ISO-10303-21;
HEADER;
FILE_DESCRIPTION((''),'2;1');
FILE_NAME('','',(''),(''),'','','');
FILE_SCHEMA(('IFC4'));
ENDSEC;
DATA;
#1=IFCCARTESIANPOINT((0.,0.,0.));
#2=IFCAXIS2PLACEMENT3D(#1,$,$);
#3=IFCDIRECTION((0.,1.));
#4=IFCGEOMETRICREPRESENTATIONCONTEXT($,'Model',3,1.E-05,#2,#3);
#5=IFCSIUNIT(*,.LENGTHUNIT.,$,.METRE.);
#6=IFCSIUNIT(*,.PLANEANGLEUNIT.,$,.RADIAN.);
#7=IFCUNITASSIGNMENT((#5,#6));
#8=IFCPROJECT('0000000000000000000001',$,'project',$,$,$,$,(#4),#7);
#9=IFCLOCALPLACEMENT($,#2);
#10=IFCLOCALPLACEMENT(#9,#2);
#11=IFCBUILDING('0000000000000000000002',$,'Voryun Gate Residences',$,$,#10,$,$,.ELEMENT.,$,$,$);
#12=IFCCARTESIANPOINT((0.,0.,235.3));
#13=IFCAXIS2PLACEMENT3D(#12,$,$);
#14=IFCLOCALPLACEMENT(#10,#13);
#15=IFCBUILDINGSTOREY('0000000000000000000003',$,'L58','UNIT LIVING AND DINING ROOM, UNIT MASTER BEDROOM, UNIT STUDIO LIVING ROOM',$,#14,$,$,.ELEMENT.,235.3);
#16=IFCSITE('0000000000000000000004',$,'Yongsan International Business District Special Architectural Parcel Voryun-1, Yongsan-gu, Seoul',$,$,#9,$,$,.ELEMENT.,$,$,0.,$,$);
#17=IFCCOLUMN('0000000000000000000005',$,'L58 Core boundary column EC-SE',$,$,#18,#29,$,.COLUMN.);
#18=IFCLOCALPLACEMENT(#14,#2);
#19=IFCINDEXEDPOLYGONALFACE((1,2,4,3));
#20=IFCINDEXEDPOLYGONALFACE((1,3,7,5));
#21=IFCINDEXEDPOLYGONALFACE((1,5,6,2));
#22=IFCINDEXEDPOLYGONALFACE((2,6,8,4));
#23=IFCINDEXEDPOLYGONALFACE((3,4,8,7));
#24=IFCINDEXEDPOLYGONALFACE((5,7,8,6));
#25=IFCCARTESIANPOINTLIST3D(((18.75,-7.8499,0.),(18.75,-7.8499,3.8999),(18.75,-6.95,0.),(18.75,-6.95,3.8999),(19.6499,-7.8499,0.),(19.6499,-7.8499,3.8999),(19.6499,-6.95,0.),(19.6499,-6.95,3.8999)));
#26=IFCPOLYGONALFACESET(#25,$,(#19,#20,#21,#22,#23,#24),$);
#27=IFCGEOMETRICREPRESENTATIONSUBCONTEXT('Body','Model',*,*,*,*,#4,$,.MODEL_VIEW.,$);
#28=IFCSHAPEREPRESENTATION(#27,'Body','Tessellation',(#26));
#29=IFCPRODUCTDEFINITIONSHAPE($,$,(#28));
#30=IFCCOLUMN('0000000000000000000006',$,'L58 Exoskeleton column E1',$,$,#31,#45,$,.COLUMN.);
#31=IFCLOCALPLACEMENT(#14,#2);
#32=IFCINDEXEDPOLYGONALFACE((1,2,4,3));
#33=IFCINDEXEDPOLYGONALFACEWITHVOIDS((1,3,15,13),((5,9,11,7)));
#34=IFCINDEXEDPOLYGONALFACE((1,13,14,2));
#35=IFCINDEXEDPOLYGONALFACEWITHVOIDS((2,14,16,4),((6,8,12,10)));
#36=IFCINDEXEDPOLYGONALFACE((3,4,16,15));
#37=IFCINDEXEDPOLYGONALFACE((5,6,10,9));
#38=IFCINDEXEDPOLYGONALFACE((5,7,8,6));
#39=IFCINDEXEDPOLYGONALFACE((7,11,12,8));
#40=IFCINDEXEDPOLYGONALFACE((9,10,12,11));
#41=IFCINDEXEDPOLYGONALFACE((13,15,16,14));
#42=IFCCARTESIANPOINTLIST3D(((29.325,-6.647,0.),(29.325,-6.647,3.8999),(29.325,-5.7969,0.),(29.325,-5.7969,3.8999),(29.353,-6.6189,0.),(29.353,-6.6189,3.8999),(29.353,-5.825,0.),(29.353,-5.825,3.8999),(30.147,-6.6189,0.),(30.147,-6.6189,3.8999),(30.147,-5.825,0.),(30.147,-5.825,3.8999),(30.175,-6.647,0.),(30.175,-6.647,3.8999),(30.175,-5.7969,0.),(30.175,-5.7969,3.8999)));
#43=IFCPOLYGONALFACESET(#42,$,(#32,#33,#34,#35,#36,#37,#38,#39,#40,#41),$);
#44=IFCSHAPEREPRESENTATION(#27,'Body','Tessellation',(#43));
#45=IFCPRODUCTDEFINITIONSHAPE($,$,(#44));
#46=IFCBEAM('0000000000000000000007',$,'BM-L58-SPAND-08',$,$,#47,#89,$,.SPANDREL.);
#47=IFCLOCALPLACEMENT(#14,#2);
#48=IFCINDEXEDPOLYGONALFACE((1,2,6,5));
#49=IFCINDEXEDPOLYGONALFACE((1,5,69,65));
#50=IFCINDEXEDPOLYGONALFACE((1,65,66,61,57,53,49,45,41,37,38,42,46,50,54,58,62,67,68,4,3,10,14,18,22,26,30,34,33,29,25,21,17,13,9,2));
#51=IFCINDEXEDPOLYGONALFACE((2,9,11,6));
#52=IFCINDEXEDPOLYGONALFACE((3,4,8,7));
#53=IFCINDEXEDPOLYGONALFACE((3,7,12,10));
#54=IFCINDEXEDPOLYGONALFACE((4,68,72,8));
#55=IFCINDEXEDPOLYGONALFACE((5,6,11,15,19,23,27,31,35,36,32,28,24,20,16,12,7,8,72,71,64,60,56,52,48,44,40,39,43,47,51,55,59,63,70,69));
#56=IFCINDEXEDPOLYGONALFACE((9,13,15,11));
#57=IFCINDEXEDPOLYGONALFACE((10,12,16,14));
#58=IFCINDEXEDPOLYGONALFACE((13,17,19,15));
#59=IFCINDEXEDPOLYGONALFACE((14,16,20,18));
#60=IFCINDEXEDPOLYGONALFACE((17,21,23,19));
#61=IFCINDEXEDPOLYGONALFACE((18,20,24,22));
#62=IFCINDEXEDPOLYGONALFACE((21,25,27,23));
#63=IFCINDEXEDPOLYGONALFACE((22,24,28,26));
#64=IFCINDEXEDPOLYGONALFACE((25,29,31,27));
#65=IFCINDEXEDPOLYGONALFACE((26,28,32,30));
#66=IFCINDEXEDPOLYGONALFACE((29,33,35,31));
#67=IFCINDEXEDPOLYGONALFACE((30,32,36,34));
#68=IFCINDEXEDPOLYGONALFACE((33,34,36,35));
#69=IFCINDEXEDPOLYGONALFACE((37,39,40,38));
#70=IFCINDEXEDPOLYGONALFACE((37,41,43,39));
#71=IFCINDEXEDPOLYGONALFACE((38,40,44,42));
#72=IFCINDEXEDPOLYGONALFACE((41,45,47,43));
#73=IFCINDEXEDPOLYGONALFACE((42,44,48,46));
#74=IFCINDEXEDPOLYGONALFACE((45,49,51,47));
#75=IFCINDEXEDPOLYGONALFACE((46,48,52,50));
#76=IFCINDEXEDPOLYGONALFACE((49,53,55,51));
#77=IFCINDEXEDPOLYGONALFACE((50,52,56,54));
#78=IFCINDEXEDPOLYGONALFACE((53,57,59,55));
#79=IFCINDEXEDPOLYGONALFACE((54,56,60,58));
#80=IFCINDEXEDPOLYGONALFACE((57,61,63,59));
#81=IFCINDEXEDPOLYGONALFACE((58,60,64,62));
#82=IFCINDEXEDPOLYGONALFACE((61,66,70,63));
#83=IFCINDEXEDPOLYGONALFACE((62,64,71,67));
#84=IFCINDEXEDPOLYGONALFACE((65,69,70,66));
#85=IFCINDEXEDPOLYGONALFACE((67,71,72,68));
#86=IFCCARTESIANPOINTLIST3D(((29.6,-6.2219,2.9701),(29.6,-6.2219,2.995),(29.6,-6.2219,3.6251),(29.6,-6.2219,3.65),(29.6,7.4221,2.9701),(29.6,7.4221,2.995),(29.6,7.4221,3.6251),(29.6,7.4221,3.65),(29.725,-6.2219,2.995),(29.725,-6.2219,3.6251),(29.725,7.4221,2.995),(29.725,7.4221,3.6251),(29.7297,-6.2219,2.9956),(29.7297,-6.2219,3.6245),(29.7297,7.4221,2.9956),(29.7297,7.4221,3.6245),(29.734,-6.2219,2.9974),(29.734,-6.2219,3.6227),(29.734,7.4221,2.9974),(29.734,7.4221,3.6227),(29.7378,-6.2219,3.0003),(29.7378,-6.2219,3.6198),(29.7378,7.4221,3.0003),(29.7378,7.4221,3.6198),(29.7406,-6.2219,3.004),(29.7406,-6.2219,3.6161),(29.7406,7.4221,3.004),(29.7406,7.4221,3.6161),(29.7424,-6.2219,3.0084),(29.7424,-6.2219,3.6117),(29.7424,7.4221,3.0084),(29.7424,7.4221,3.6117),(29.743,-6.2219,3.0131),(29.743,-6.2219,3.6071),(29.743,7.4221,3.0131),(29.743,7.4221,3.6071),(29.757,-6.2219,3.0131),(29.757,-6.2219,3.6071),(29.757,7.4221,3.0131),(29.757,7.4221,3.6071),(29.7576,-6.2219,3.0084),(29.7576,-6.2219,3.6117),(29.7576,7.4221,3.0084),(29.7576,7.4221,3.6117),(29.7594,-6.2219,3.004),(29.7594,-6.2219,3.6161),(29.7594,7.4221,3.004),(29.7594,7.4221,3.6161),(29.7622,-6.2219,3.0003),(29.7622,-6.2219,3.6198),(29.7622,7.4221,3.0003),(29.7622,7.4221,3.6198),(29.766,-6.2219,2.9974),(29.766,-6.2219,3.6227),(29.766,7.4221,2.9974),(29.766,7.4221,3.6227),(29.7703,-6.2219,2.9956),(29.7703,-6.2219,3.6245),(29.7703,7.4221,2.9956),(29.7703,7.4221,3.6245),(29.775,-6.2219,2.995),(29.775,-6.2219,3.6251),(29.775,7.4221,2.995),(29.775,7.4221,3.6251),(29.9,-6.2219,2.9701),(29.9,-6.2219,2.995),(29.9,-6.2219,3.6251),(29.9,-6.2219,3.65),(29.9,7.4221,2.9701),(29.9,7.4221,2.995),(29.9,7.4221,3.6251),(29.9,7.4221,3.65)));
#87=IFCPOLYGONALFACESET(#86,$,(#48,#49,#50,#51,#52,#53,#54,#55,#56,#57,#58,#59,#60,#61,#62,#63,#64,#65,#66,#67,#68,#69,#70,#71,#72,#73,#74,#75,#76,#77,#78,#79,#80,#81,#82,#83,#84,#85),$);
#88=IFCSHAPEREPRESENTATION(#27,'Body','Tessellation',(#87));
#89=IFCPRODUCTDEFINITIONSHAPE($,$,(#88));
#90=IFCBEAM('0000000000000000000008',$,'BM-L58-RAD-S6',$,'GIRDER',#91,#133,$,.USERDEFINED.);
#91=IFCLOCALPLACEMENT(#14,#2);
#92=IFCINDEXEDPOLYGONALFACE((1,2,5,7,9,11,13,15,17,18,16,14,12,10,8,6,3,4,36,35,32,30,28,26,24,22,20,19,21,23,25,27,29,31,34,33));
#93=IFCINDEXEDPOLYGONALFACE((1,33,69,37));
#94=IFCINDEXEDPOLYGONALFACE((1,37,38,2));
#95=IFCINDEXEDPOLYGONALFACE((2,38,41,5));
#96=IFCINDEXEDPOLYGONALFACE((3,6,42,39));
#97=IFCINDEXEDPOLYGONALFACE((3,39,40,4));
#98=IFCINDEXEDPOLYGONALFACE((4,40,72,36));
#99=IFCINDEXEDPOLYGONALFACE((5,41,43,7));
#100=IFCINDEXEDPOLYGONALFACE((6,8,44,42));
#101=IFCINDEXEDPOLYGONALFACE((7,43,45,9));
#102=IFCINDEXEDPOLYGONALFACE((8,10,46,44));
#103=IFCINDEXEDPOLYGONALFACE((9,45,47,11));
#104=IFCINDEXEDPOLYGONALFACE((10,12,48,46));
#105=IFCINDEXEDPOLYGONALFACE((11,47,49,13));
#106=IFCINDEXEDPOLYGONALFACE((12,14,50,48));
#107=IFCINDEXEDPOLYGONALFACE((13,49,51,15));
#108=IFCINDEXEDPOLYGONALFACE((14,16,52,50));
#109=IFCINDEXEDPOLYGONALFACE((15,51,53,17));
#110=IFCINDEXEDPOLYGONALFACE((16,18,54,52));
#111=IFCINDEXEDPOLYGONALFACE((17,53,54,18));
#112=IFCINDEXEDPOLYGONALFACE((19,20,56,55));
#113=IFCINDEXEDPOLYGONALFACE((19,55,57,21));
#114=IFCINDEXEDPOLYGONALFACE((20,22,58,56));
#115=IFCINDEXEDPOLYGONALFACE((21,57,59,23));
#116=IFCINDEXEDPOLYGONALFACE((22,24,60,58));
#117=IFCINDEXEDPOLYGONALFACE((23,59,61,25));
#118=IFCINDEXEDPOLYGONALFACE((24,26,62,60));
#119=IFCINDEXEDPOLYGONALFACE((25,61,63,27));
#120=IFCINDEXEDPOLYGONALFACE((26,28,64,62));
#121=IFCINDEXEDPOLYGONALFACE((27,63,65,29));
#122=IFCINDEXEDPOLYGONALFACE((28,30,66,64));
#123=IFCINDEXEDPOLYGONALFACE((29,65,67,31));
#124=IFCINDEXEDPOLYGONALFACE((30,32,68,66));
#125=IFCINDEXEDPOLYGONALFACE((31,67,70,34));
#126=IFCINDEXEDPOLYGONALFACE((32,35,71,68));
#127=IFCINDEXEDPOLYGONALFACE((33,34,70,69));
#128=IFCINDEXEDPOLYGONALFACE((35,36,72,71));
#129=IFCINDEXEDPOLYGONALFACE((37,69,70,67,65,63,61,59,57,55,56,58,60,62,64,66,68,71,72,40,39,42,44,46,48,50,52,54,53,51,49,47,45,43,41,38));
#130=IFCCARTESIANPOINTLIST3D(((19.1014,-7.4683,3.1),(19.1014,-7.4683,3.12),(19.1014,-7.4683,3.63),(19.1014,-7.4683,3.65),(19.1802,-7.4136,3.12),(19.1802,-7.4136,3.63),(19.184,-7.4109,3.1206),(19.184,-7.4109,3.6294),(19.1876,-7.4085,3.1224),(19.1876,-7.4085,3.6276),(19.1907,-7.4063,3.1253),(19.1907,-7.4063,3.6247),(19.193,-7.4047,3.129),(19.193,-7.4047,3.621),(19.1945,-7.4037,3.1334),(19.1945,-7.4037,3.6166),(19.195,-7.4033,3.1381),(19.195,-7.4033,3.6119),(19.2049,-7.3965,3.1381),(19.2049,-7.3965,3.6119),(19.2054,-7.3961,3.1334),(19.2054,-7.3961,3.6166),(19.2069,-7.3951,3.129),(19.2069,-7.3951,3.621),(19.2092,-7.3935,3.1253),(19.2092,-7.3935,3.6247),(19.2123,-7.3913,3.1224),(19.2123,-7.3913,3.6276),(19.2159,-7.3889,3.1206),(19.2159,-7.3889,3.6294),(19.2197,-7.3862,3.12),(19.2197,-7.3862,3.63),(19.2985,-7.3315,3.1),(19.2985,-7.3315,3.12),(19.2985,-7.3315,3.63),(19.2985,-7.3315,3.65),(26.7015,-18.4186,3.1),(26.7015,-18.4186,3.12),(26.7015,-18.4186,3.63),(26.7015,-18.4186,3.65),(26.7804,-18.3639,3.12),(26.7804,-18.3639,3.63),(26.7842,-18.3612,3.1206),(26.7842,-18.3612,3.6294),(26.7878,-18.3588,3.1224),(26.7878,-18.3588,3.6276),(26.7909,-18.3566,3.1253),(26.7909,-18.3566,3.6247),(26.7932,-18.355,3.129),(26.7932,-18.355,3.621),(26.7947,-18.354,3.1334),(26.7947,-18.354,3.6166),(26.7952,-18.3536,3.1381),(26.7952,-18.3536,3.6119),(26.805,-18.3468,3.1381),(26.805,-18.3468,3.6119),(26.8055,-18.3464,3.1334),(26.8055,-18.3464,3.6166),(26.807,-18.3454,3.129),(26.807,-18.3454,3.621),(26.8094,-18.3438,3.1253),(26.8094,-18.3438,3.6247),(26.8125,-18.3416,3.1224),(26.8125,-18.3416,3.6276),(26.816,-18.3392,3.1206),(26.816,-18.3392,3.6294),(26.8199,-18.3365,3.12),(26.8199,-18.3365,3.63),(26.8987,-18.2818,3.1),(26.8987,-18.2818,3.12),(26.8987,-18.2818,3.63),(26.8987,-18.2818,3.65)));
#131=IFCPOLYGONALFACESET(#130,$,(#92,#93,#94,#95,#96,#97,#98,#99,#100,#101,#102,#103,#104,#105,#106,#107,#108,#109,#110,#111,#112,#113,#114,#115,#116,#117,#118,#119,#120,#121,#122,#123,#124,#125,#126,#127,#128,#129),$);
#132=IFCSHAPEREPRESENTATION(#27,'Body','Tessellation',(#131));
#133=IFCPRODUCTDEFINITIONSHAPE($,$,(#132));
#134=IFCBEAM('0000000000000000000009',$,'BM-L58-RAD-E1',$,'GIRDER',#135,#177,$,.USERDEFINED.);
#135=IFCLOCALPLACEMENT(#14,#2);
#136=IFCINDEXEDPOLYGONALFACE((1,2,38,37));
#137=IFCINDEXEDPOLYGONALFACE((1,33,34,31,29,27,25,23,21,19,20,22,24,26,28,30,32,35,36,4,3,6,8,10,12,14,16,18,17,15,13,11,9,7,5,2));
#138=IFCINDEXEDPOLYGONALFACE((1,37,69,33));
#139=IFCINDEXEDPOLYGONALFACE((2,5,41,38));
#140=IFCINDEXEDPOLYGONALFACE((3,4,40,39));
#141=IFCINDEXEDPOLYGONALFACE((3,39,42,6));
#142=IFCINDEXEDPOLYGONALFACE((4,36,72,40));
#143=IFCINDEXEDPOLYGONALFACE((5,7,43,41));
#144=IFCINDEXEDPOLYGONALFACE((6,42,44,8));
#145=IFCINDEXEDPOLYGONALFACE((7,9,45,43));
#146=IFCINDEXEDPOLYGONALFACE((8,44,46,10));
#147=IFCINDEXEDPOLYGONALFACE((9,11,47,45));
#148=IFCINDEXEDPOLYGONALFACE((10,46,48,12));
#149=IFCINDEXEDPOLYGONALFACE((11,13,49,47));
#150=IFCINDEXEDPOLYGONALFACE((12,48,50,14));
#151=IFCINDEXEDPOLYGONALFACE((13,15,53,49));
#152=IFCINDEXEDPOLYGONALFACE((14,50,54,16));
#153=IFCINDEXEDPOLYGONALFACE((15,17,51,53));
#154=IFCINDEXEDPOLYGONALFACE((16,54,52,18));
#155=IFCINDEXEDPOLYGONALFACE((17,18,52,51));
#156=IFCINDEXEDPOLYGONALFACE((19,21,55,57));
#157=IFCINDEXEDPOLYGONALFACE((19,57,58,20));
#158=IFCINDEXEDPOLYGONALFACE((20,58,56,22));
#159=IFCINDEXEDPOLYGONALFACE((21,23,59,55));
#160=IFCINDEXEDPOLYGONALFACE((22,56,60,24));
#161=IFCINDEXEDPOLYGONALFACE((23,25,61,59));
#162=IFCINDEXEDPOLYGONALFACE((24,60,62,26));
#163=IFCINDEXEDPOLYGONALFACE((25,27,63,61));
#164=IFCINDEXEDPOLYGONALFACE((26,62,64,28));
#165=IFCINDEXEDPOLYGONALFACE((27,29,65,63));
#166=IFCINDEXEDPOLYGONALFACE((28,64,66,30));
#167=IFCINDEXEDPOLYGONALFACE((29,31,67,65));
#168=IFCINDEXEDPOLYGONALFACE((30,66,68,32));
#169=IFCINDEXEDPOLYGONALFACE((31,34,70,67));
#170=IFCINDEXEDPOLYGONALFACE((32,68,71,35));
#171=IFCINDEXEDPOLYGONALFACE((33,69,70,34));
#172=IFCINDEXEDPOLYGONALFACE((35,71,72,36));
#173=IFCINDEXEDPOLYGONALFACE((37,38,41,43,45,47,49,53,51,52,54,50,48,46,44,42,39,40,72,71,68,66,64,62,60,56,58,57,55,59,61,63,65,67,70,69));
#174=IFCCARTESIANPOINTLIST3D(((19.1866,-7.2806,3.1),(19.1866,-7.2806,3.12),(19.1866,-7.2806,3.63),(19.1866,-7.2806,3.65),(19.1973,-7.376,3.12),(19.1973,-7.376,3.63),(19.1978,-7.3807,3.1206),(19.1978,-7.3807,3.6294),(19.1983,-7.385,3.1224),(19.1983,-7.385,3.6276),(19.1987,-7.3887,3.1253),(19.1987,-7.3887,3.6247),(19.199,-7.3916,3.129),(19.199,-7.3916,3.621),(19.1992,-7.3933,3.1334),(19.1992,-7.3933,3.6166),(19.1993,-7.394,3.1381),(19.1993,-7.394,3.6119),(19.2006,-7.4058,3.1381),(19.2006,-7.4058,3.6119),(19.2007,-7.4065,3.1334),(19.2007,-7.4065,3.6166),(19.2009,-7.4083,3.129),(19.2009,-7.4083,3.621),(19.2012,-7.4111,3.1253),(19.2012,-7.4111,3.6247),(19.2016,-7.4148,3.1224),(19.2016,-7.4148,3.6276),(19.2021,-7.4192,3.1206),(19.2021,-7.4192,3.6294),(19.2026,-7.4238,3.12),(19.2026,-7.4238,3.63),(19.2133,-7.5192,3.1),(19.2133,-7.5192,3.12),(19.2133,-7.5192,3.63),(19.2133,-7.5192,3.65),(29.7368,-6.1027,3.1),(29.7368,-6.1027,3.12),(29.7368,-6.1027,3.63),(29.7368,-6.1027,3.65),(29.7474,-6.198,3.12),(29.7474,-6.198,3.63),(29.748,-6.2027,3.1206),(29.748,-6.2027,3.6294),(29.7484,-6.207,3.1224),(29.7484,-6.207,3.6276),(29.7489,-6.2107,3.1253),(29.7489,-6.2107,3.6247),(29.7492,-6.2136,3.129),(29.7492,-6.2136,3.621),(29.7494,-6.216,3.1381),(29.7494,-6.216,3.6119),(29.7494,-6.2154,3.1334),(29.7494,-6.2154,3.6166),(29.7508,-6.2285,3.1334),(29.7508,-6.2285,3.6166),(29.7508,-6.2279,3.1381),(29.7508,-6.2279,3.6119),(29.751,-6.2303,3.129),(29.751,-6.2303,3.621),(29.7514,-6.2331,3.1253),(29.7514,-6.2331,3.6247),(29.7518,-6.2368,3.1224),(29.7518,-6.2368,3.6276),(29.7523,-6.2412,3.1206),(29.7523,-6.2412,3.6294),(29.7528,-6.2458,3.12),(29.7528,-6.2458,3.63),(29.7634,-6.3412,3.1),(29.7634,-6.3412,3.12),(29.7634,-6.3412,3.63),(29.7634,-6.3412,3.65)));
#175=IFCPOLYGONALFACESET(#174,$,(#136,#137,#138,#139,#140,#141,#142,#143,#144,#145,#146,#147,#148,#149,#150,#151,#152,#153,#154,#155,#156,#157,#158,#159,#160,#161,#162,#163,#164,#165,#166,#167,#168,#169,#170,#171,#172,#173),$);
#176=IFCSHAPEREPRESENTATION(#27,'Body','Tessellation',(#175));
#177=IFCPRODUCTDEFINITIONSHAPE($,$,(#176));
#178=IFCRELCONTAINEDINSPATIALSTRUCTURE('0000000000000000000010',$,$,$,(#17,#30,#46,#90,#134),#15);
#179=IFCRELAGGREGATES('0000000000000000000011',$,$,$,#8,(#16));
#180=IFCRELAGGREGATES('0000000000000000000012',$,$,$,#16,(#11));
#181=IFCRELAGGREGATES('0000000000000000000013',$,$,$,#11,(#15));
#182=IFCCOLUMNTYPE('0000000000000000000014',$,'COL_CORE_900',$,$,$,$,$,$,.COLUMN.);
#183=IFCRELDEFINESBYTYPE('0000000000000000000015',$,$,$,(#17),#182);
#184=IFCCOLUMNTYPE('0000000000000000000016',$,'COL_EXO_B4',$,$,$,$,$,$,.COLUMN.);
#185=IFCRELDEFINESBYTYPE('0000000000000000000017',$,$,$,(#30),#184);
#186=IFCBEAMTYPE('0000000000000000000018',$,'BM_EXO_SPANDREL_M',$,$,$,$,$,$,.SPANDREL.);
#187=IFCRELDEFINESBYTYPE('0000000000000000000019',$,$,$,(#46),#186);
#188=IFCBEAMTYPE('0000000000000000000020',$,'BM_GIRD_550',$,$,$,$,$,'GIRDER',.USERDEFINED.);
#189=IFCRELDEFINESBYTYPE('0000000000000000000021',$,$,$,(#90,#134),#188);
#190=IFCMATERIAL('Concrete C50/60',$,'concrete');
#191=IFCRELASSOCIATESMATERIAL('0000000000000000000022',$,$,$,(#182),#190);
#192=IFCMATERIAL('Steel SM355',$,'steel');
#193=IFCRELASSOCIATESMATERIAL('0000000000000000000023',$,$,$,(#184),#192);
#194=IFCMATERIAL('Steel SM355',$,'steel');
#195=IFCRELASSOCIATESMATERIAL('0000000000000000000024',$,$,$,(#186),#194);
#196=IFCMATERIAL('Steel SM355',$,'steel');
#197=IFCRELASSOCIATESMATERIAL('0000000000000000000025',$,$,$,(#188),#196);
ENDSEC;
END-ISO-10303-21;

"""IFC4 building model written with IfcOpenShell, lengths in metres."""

from ifc_helpers import new_model, si_unit, direction, frame, origin, origin_2d, place, context, subcontext, project, spatial, rectangle, hollow_rectangle, i_section, extrude, material, material_profile, profile_set, type_object, element, save


model = new_model("IFC4")

# Units and contexts
model_context = context("Model", 3, precision=1e-05, world=origin(), true_north=direction((0.0, 1.0)))
body_context = subcontext(model_context, "Body", "Model", "MODEL_VIEW")
ifc_project = project(units=[si_unit("LENGTHUNIT", "METRE"), si_unit("PLANEANGLEUNIT", "RADIAN")], contexts=[model_context])

# Site, building, storey
site_placement = place(None, origin())
site = spatial("IfcSite", under=ifc_project, at=site_placement, Name="Yongsan International Business District Special Architectural Parcel Voryun-1, Yongsan-gu, Seoul", CompositionType="ELEMENT", RefElevation=0.0)
building_placement = place(site_placement, origin())
building = spatial("IfcBuilding", under=site, at=building_placement, Name="Voryun Gate Residences", CompositionType="ELEMENT")
storey_placement = place(building_placement, frame((0.0, 0.0, 235.3)))
storey = spatial("IfcBuildingStorey", under=building, at=storey_placement, Name="L58", Description="UNIT LIVING AND DINING ROOM, UNIT MASTER BEDROOM, UNIT STUDIO LIVING ROOM", CompositionType="ELEMENT", Elevation=235.3)

# Columns
ifc_material_1 = material(Name="Concrete C50/60", Category="concrete")
ifc_material_profile_1 = material_profile(ifc_material_1, rectangle(XDim=0.8999, YDim=0.8999, at=origin_2d()), Name="RC-900x900")
ifc_profile_set_1 = profile_set([ifc_material_profile_1], Name="Concrete C50/60")
column_type_1 = type_object("IfcColumnType", Name="COL_CORE_900", PredefinedType="COLUMN", material=ifc_profile_set_1)
column_1_placement = place(storey_placement, frame((19.2, -7.3999, 0.0), z_axis=(0.0, 0.0, 1.0), x_axis=(1.0, 0.0, 0.0)))
element("IfcColumn", 1, at=column_1_placement, inside=storey, type_object=column_type_1, Name="L58 Core boundary column EC-SE", PredefinedType="COLUMN", context=body_context, shape_type="SweptSolid", body=[
    extrude(rectangle(XDim=0.8999, YDim=0.8999, at=origin_2d()), origin(), (0.0, 0.0, 1.0), 3.8999),
])
ifc_material_2 = material(Name="Steel SM355", Category="steel")
ifc_material_profile_2 = material_profile(ifc_material_2, hollow_rectangle(XDim=0.8501, YDim=0.8501, WallThickness=0.0281, at=origin_2d()), Name="BOX-850x850x28")
ifc_profile_set_2 = profile_set([ifc_material_profile_2], Name="Steel SM355")
column_type_2 = type_object("IfcColumnType", Name="COL_EXO_B4", PredefinedType="COLUMN", material=ifc_profile_set_2)
column_2_placement = place(storey_placement, frame((29.75, -6.2219, 0.0), z_axis=(0.0, 0.0, 1.0), x_axis=(1.0, 0.0, 0.0)))
element("IfcColumn", 2, at=column_2_placement, inside=storey, type_object=column_type_2, Name="L58 Exoskeleton column E1", PredefinedType="COLUMN", context=body_context, shape_type="SweptSolid", body=[
    extrude(hollow_rectangle(XDim=0.8501, YDim=0.8501, WallThickness=0.0281, at=origin_2d()), origin(), (0.0, 0.0, 1.0), 3.8999),
])

# Beams
ifc_material_3 = material(Name="Steel SM355", Category="steel")
ifc_material_profile_3 = material_profile(ifc_material_3, i_section(OverallWidth=0.3, OverallDepth=0.6799, WebThickness=0.0139, FlangeThickness=0.0249, FilletRadius=0.0181, at=origin_2d()), Name="H-680x300x14x25")
ifc_profile_set_3 = profile_set([ifc_material_profile_3], Name="Steel SM355")
beam_type_1 = type_object("IfcBeamType", Name="BM_EXO_SPANDREL_M", PredefinedType="SPANDREL", material=ifc_profile_set_3)
beam_1_placement = place(storey_placement, frame((29.75, -6.2219, 3.3101), z_axis=(0.0, 1.0, 0.0), x_axis=(-1.0, 0.0, 0.0)))
element("IfcBeam", 3, at=beam_1_placement, inside=storey, type_object=beam_type_1, Name="BM-L58-SPAND-08", PredefinedType="SPANDREL", context=body_context, shape_type="SweptSolid", body=[
    extrude(i_section(OverallWidth=0.3, OverallDepth=0.6799, WebThickness=0.0139, FlangeThickness=0.0249, FilletRadius=0.0181, at=origin_2d()), origin(), (0.0, 0.0, 1.0), 13.644),
])
ifc_material_4 = material(Name="Steel SM355", Category="steel")
ifc_material_profile_4 = material_profile(ifc_material_4, i_section(OverallWidth=0.24, OverallDepth=0.55, WebThickness=0.012, FlangeThickness=0.02, FilletRadius=0.0181, at=origin_2d()), Name="H-550x240x12x20")
ifc_profile_set_4 = profile_set([ifc_material_profile_4], Name="Steel SM355")
beam_type_2 = type_object("IfcBeamType", Name="BM_GIRD_550", ElementType="GIRDER", PredefinedType="USERDEFINED", material=ifc_profile_set_4)
beam_2_placement = place(storey_placement, frame((19.2, -7.3999, 3.375), z_axis=(0.570183, -0.821518, 0.0), x_axis=(0.821518, 0.570183, 0.0)))
element("IfcBeam", 4, at=beam_2_placement, inside=storey, type_object=beam_type_2, Name="BM-L58-RAD-S6", ObjectType="GIRDER", PredefinedType="USERDEFINED", context=body_context, shape_type="SweptSolid", body=[
    extrude(i_section(OverallWidth=0.24, OverallDepth=0.55, WebThickness=0.012, FlangeThickness=0.02, FilletRadius=0.0181, at=origin_2d()), origin(), (0.0, 0.0, 1.0), 13.3293),
])
beam_3_placement = place(storey_placement, frame((19.2, -7.3999, 3.375), z_axis=(0.993824, 0.110967, 0.0), x_axis=(-0.110967, 0.993824, 0.0)))
element("IfcBeam", 5, at=beam_3_placement, inside=storey, type_object=beam_type_2, Name="BM-L58-RAD-E1", ObjectType="GIRDER", PredefinedType="USERDEFINED", context=body_context, shape_type="SweptSolid", body=[
    extrude(i_section(OverallWidth=0.24, OverallDepth=0.55, WebThickness=0.012, FlangeThickness=0.02, FilletRadius=0.0181, at=origin_2d()), origin(), (0.0, 0.0, 1.0), 10.6157),
])

save(model, "model.ifc")
